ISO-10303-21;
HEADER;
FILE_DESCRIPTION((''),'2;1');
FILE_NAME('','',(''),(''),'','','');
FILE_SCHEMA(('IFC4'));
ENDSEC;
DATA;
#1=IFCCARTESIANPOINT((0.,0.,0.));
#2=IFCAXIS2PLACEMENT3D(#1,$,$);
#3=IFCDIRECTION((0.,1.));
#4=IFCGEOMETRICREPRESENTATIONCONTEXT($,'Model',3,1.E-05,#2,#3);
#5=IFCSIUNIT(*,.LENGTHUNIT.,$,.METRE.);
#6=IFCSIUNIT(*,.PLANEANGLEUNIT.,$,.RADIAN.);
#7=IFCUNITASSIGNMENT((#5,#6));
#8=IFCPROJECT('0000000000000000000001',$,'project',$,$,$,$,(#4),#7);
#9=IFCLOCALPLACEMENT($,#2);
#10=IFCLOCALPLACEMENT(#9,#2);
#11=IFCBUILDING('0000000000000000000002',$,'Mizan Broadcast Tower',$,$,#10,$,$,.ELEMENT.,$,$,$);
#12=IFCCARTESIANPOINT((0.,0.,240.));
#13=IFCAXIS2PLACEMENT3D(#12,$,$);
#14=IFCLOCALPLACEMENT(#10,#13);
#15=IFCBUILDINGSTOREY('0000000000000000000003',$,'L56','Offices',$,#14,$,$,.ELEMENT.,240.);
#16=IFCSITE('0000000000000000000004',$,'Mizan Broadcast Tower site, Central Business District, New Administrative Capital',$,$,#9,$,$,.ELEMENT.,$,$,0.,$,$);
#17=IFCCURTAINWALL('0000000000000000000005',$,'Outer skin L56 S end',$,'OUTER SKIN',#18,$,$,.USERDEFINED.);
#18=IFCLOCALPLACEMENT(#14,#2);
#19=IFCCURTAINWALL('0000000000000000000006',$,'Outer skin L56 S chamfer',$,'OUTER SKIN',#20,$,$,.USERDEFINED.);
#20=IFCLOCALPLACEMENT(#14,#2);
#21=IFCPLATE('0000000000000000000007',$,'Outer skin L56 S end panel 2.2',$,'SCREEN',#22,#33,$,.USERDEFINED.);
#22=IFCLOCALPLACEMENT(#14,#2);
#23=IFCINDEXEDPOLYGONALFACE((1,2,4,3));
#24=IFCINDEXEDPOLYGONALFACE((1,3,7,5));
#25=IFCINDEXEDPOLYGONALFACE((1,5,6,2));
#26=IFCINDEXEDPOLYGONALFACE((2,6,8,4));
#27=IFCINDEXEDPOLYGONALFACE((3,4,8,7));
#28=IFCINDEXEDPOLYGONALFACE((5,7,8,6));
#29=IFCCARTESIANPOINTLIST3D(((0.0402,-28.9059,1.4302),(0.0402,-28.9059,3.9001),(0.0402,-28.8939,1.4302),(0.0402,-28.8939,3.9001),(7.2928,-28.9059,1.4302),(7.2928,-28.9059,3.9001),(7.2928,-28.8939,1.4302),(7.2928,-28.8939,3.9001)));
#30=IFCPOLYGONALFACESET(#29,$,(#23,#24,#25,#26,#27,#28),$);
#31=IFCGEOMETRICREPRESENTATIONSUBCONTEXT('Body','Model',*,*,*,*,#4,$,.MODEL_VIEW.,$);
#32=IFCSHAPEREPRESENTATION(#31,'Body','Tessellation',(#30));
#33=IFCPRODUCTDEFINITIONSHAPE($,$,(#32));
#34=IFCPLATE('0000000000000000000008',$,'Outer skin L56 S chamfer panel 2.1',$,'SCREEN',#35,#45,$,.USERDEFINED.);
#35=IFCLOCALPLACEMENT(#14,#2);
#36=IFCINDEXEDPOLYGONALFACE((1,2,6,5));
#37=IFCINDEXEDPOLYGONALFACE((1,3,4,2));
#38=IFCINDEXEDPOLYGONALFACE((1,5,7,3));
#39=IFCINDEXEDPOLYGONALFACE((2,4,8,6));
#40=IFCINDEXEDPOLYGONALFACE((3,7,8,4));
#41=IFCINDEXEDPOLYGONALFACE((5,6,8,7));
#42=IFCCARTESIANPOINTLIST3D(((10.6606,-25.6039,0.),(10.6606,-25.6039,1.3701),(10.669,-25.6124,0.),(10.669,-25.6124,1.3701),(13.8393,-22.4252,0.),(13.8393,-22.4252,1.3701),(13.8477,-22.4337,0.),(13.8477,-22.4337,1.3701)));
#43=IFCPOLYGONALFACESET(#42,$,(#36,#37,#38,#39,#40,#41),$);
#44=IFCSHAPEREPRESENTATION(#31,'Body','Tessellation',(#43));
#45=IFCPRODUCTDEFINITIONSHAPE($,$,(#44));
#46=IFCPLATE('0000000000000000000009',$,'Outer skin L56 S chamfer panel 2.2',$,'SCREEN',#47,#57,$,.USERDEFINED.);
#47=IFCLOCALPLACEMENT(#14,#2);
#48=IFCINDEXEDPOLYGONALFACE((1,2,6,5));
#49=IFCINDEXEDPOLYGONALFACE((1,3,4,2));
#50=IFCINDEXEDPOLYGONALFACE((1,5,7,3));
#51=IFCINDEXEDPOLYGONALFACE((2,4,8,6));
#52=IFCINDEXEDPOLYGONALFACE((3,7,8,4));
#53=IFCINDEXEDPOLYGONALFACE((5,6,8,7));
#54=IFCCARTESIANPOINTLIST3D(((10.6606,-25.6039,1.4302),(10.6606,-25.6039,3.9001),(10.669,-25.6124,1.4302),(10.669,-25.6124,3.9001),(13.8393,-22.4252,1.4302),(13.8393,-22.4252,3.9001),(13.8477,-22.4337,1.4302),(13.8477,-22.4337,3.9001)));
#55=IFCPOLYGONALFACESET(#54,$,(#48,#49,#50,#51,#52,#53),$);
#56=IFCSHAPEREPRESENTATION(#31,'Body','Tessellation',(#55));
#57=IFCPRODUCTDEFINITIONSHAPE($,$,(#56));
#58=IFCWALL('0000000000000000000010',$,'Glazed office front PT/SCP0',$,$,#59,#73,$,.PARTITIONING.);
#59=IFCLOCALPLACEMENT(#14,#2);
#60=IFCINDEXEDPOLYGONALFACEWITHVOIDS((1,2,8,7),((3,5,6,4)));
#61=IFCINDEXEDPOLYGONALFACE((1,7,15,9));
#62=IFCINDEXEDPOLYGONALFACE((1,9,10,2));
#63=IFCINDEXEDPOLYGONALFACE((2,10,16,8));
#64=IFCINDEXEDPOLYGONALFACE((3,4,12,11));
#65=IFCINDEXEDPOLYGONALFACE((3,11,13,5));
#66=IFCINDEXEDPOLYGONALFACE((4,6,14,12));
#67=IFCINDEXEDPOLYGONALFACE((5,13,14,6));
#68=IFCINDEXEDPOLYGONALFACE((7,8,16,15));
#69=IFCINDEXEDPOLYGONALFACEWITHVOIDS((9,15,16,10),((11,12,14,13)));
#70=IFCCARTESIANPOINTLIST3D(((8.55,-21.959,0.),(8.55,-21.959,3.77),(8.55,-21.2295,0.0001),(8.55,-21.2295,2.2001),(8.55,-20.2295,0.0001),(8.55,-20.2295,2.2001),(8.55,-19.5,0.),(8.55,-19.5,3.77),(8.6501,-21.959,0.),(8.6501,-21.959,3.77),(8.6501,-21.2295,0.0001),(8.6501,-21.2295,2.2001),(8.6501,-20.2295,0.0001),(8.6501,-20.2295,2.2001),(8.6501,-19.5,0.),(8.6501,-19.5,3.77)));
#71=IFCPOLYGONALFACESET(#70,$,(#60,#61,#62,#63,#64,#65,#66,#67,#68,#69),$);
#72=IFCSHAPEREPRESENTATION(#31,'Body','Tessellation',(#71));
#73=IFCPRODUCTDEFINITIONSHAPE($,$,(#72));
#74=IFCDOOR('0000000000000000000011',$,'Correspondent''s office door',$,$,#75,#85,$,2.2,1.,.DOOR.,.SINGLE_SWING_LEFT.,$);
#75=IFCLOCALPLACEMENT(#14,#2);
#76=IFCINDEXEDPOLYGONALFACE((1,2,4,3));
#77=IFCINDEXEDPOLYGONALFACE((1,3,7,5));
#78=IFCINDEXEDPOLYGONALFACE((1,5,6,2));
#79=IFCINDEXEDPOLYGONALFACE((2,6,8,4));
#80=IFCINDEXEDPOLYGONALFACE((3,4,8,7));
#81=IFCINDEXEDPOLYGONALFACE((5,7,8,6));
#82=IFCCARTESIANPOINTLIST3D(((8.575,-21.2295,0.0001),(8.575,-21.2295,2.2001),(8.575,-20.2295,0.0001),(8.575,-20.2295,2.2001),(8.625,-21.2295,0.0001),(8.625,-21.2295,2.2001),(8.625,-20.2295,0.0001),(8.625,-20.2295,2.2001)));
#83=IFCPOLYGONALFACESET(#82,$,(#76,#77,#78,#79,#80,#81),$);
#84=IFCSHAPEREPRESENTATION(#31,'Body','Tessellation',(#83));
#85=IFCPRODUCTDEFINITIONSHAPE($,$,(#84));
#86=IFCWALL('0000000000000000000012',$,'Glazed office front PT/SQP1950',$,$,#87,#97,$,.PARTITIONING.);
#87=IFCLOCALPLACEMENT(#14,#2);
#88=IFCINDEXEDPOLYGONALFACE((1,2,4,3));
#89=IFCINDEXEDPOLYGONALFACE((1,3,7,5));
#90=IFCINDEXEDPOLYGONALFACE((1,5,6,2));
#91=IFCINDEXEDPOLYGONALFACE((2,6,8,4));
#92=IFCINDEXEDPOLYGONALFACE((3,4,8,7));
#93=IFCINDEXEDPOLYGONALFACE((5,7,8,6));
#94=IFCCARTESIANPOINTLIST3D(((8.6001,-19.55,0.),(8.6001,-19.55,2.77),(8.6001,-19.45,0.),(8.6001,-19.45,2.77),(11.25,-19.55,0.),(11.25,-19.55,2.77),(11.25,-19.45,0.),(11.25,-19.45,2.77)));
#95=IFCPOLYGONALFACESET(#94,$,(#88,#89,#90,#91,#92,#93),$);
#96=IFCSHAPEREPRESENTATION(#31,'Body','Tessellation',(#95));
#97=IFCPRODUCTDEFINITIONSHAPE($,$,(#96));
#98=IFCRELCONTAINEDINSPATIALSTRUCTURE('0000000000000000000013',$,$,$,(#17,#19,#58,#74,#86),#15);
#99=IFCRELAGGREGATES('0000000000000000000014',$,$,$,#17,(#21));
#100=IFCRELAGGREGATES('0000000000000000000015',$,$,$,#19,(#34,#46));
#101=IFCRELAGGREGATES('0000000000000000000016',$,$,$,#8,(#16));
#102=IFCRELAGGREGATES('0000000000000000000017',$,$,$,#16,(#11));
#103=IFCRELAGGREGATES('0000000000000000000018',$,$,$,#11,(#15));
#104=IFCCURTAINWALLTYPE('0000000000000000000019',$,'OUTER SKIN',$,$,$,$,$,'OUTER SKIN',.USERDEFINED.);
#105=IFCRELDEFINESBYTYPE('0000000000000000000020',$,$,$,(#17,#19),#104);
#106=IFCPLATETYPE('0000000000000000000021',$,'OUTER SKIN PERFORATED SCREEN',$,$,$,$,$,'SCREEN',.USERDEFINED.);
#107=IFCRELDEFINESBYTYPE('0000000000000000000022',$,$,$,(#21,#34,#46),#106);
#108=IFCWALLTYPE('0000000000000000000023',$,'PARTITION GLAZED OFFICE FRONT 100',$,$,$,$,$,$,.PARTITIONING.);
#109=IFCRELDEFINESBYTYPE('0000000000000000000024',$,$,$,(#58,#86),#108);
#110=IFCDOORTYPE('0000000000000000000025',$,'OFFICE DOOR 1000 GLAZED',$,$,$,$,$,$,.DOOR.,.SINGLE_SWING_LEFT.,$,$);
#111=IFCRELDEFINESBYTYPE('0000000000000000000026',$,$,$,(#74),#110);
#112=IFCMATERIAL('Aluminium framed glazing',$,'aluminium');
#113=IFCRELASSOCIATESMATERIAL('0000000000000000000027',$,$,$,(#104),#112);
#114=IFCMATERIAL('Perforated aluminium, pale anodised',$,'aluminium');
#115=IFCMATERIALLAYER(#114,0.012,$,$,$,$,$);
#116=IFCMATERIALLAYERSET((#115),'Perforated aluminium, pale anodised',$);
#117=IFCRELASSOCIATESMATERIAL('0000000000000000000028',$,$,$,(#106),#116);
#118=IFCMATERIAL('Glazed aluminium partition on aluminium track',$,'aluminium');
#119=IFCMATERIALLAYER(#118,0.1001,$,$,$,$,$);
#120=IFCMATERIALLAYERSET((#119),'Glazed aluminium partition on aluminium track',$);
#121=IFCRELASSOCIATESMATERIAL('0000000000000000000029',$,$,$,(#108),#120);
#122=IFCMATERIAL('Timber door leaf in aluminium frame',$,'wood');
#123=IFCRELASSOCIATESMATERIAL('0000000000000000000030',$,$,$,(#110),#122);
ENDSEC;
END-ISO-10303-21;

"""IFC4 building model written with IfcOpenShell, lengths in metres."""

from ifc_helpers import new_model, si_unit, direction, frame, frame_2d, origin, origin_2d, place, context, subcontext, project, spatial, rectangle, extrude, material, layer, layer_set, type_object, element, fill, aggregate, save


model = new_model("IFC4")

# Units and contexts
model_context = context("Model", 3, precision=1e-05, world=origin(), true_north=direction((0.0, 1.0)))
body_context = subcontext(model_context, "Body", "Model", "MODEL_VIEW")
ifc_project = project(units=[si_unit("LENGTHUNIT", "METRE"), si_unit("PLANEANGLEUNIT", "RADIAN")], contexts=[model_context])

# Site, building, storey
site_placement = place(None, origin())
site = spatial("IfcSite", under=ifc_project, at=site_placement, Name="Mizan Broadcast Tower site, Central Business District, New Administrative Capital", CompositionType="ELEMENT", RefElevation=0.0)
building_placement = place(site_placement, origin())
building = spatial("IfcBuilding", under=site, at=building_placement, Name="Mizan Broadcast Tower", CompositionType="ELEMENT")
storey_placement = place(building_placement, frame((0.0, 0.0, 240.0)))
storey = spatial("IfcBuildingStorey", under=building, at=storey_placement, Name="L56", Description="Offices", CompositionType="ELEMENT", Elevation=240.0)

# Curtain wall
ifc_material_1 = material(Name="Aluminium framed glazing", Category="aluminium")
curtain_wall_type_1 = type_object("IfcCurtainWallType", Name="OUTER SKIN", ElementType="OUTER SKIN", PredefinedType="USERDEFINED", material=ifc_material_1)
curtain_wall_1_placement = place(storey_placement, origin())
curtain_wall_1 = element("IfcCurtainWall", 1, at=curtain_wall_1_placement, inside=storey, type_object=curtain_wall_type_1, Name="Outer skin L56 S end", ObjectType="OUTER SKIN", PredefinedType="USERDEFINED")

# Curtain wall
curtain_wall_2_placement = place(storey_placement, origin())
curtain_wall_2 = element("IfcCurtainWall", 2, at=curtain_wall_2_placement, inside=storey, type_object=curtain_wall_type_1, Name="Outer skin L56 S chamfer", ObjectType="OUTER SKIN", PredefinedType="USERDEFINED")

# Plates
ifc_material_2 = material(Name="Perforated aluminium, pale anodised", Category="aluminium")
ifc_layer_1 = layer(ifc_material_2, 0.012)
ifc_layer_set_1 = layer_set([ifc_layer_1], Name="Perforated aluminium, pale anodised")
plate_type_1 = type_object("IfcPlateType", Name="OUTER SKIN PERFORATED SCREEN", ElementType="SCREEN", PredefinedType="USERDEFINED", material=ifc_layer_set_1)
plate_1_placement = place(storey_placement, frame((3.6665, -28.8999, 1.4302), z_axis=(0.0, 0.0, 1.0), x_axis=(1.0, 0.0, 0.0)))
plate_1 = element("IfcPlate", 3, at=plate_1_placement, type_object=plate_type_1, Name="Outer skin L56 S end panel 2.2", ObjectType="SCREEN", PredefinedType="USERDEFINED", context=body_context, shape_type="SweptSolid", body=[
    extrude(rectangle(XDim=7.2527, YDim=0.012, at=origin_2d()), origin(), (0.0, 0.0, 1.0), 2.47),
])
aggregate(curtain_wall_1, [plate_1])
plate_2_placement = place(storey_placement, frame((12.2542, -24.0188, 0.0), z_axis=(0.0, 0.0, 1.0), x_axis=(0.707107, 0.707107, 0.0)))
plate_2 = element("IfcPlate", 4, at=plate_2_placement, type_object=plate_type_1, Name="Outer skin L56 S chamfer panel 2.1", ObjectType="SCREEN", PredefinedType="USERDEFINED", context=body_context, shape_type="SweptSolid", body=[
    extrude(rectangle(XDim=4.4954, YDim=0.012, at=origin_2d()), origin(), (0.0, 0.0, 1.0), 1.3701),
])
plate_3_placement = place(storey_placement, frame((12.2542, -24.0188, 1.4302), z_axis=(0.0, 0.0, 1.0), x_axis=(0.707107, 0.707107, 0.0)))
plate_3 = element("IfcPlate", 5, at=plate_3_placement, type_object=plate_type_1, Name="Outer skin L56 S chamfer panel 2.2", ObjectType="SCREEN", PredefinedType="USERDEFINED", context=body_context, shape_type="SweptSolid", body=[
    extrude(rectangle(XDim=4.4954, YDim=0.012, at=origin_2d()), origin(), (0.0, 0.0, 1.0), 2.47),
])
aggregate(curtain_wall_2, [plate_2, plate_3])

# Wall, opening, door
ifc_material_3 = material(Name="Glazed aluminium partition on aluminium track", Category="aluminium")
ifc_layer_2 = layer(ifc_material_3, 0.1001)
ifc_layer_set_2 = layer_set([ifc_layer_2], Name="Glazed aluminium partition on aluminium track")
wall_type = type_object("IfcWallType", Name="PARTITION GLAZED OFFICE FRONT 100", PredefinedType="PARTITIONING", material=ifc_layer_set_2)
wall_1_placement = place(storey_placement, frame((8.6001, -19.5, 0.0), z_axis=(0.0, 0.0, 1.0), x_axis=(0.0, -1.0, 0.0)))
wall_1 = element("IfcWall", 6, at=wall_1_placement, inside=storey, type_object=wall_type, Name="Glazed office front PT/SCP0", PredefinedType="PARTITIONING", context=body_context, shape_type="SweptSolid", body=[
    extrude(rectangle(XDim=2.459, YDim=0.1001, at=frame_2d((1.2295, 0.0))), origin(), (0.0, 0.0, 1.0), 3.77),
])
opening_placement = place(wall_1_placement, frame((0.7295, 0.0, 0.0)))
opening = element("IfcOpeningElement", 7, at=opening_placement, cuts=wall_1, PredefinedType="OPENING", context=body_context, shape_type="SweptSolid", body=[
    extrude(rectangle(XDim=1.0, YDim=2.2, at=frame_2d((0.5, 1.1001))), frame((0.0, 0.0601, 0.0), z_axis=(0.0, -1.0, 0.0), x_axis=(1.0, 0.0, 0.0)), (0.0, 0.0, 1.0), 0.1201),
])
ifc_material_4 = material(Name="Timber door leaf in aluminium frame", Category="wood")
door_type = type_object("IfcDoorType", Name="OFFICE DOOR 1000 GLAZED", OperationType="SINGLE_SWING_LEFT", PredefinedType="DOOR", material=ifc_material_4)
door_placement = place(opening_placement, origin())
door = element("IfcDoor", 8, at=door_placement, inside=storey, type_object=door_type, Name="Correspondent's office door", OperationType="SINGLE_SWING_LEFT", OverallHeight=2.2, OverallWidth=1.0, PredefinedType="DOOR", context=body_context, shape_type="SweptSolid", body=[
    extrude(rectangle(XDim=1.0, YDim=2.2, at=frame_2d((0.5, 1.1001))), frame((0.0, 0.0249, 0.0), z_axis=(0.0, -1.0, 0.0), x_axis=(1.0, 0.0, 0.0)), (0.0, 0.0, 1.0), 0.05),
])
fill(opening, door)

# Wall
wall_2_placement = place(storey_placement, frame((8.6001, -19.5, 0.0), z_axis=(0.0, 0.0, 1.0), x_axis=(1.0, 0.0, 0.0)))
element("IfcWall", 9, at=wall_2_placement, inside=storey, type_object=wall_type, Name="Glazed office front PT/SQP1950", PredefinedType="PARTITIONING", context=body_context, shape_type="SweptSolid", body=[
    extrude(rectangle(XDim=2.6499, YDim=0.1001, at=frame_2d((1.325, 0.0))), origin(), (0.0, 0.0, 1.0), 2.77),
])

save(model, "model.ifc")
